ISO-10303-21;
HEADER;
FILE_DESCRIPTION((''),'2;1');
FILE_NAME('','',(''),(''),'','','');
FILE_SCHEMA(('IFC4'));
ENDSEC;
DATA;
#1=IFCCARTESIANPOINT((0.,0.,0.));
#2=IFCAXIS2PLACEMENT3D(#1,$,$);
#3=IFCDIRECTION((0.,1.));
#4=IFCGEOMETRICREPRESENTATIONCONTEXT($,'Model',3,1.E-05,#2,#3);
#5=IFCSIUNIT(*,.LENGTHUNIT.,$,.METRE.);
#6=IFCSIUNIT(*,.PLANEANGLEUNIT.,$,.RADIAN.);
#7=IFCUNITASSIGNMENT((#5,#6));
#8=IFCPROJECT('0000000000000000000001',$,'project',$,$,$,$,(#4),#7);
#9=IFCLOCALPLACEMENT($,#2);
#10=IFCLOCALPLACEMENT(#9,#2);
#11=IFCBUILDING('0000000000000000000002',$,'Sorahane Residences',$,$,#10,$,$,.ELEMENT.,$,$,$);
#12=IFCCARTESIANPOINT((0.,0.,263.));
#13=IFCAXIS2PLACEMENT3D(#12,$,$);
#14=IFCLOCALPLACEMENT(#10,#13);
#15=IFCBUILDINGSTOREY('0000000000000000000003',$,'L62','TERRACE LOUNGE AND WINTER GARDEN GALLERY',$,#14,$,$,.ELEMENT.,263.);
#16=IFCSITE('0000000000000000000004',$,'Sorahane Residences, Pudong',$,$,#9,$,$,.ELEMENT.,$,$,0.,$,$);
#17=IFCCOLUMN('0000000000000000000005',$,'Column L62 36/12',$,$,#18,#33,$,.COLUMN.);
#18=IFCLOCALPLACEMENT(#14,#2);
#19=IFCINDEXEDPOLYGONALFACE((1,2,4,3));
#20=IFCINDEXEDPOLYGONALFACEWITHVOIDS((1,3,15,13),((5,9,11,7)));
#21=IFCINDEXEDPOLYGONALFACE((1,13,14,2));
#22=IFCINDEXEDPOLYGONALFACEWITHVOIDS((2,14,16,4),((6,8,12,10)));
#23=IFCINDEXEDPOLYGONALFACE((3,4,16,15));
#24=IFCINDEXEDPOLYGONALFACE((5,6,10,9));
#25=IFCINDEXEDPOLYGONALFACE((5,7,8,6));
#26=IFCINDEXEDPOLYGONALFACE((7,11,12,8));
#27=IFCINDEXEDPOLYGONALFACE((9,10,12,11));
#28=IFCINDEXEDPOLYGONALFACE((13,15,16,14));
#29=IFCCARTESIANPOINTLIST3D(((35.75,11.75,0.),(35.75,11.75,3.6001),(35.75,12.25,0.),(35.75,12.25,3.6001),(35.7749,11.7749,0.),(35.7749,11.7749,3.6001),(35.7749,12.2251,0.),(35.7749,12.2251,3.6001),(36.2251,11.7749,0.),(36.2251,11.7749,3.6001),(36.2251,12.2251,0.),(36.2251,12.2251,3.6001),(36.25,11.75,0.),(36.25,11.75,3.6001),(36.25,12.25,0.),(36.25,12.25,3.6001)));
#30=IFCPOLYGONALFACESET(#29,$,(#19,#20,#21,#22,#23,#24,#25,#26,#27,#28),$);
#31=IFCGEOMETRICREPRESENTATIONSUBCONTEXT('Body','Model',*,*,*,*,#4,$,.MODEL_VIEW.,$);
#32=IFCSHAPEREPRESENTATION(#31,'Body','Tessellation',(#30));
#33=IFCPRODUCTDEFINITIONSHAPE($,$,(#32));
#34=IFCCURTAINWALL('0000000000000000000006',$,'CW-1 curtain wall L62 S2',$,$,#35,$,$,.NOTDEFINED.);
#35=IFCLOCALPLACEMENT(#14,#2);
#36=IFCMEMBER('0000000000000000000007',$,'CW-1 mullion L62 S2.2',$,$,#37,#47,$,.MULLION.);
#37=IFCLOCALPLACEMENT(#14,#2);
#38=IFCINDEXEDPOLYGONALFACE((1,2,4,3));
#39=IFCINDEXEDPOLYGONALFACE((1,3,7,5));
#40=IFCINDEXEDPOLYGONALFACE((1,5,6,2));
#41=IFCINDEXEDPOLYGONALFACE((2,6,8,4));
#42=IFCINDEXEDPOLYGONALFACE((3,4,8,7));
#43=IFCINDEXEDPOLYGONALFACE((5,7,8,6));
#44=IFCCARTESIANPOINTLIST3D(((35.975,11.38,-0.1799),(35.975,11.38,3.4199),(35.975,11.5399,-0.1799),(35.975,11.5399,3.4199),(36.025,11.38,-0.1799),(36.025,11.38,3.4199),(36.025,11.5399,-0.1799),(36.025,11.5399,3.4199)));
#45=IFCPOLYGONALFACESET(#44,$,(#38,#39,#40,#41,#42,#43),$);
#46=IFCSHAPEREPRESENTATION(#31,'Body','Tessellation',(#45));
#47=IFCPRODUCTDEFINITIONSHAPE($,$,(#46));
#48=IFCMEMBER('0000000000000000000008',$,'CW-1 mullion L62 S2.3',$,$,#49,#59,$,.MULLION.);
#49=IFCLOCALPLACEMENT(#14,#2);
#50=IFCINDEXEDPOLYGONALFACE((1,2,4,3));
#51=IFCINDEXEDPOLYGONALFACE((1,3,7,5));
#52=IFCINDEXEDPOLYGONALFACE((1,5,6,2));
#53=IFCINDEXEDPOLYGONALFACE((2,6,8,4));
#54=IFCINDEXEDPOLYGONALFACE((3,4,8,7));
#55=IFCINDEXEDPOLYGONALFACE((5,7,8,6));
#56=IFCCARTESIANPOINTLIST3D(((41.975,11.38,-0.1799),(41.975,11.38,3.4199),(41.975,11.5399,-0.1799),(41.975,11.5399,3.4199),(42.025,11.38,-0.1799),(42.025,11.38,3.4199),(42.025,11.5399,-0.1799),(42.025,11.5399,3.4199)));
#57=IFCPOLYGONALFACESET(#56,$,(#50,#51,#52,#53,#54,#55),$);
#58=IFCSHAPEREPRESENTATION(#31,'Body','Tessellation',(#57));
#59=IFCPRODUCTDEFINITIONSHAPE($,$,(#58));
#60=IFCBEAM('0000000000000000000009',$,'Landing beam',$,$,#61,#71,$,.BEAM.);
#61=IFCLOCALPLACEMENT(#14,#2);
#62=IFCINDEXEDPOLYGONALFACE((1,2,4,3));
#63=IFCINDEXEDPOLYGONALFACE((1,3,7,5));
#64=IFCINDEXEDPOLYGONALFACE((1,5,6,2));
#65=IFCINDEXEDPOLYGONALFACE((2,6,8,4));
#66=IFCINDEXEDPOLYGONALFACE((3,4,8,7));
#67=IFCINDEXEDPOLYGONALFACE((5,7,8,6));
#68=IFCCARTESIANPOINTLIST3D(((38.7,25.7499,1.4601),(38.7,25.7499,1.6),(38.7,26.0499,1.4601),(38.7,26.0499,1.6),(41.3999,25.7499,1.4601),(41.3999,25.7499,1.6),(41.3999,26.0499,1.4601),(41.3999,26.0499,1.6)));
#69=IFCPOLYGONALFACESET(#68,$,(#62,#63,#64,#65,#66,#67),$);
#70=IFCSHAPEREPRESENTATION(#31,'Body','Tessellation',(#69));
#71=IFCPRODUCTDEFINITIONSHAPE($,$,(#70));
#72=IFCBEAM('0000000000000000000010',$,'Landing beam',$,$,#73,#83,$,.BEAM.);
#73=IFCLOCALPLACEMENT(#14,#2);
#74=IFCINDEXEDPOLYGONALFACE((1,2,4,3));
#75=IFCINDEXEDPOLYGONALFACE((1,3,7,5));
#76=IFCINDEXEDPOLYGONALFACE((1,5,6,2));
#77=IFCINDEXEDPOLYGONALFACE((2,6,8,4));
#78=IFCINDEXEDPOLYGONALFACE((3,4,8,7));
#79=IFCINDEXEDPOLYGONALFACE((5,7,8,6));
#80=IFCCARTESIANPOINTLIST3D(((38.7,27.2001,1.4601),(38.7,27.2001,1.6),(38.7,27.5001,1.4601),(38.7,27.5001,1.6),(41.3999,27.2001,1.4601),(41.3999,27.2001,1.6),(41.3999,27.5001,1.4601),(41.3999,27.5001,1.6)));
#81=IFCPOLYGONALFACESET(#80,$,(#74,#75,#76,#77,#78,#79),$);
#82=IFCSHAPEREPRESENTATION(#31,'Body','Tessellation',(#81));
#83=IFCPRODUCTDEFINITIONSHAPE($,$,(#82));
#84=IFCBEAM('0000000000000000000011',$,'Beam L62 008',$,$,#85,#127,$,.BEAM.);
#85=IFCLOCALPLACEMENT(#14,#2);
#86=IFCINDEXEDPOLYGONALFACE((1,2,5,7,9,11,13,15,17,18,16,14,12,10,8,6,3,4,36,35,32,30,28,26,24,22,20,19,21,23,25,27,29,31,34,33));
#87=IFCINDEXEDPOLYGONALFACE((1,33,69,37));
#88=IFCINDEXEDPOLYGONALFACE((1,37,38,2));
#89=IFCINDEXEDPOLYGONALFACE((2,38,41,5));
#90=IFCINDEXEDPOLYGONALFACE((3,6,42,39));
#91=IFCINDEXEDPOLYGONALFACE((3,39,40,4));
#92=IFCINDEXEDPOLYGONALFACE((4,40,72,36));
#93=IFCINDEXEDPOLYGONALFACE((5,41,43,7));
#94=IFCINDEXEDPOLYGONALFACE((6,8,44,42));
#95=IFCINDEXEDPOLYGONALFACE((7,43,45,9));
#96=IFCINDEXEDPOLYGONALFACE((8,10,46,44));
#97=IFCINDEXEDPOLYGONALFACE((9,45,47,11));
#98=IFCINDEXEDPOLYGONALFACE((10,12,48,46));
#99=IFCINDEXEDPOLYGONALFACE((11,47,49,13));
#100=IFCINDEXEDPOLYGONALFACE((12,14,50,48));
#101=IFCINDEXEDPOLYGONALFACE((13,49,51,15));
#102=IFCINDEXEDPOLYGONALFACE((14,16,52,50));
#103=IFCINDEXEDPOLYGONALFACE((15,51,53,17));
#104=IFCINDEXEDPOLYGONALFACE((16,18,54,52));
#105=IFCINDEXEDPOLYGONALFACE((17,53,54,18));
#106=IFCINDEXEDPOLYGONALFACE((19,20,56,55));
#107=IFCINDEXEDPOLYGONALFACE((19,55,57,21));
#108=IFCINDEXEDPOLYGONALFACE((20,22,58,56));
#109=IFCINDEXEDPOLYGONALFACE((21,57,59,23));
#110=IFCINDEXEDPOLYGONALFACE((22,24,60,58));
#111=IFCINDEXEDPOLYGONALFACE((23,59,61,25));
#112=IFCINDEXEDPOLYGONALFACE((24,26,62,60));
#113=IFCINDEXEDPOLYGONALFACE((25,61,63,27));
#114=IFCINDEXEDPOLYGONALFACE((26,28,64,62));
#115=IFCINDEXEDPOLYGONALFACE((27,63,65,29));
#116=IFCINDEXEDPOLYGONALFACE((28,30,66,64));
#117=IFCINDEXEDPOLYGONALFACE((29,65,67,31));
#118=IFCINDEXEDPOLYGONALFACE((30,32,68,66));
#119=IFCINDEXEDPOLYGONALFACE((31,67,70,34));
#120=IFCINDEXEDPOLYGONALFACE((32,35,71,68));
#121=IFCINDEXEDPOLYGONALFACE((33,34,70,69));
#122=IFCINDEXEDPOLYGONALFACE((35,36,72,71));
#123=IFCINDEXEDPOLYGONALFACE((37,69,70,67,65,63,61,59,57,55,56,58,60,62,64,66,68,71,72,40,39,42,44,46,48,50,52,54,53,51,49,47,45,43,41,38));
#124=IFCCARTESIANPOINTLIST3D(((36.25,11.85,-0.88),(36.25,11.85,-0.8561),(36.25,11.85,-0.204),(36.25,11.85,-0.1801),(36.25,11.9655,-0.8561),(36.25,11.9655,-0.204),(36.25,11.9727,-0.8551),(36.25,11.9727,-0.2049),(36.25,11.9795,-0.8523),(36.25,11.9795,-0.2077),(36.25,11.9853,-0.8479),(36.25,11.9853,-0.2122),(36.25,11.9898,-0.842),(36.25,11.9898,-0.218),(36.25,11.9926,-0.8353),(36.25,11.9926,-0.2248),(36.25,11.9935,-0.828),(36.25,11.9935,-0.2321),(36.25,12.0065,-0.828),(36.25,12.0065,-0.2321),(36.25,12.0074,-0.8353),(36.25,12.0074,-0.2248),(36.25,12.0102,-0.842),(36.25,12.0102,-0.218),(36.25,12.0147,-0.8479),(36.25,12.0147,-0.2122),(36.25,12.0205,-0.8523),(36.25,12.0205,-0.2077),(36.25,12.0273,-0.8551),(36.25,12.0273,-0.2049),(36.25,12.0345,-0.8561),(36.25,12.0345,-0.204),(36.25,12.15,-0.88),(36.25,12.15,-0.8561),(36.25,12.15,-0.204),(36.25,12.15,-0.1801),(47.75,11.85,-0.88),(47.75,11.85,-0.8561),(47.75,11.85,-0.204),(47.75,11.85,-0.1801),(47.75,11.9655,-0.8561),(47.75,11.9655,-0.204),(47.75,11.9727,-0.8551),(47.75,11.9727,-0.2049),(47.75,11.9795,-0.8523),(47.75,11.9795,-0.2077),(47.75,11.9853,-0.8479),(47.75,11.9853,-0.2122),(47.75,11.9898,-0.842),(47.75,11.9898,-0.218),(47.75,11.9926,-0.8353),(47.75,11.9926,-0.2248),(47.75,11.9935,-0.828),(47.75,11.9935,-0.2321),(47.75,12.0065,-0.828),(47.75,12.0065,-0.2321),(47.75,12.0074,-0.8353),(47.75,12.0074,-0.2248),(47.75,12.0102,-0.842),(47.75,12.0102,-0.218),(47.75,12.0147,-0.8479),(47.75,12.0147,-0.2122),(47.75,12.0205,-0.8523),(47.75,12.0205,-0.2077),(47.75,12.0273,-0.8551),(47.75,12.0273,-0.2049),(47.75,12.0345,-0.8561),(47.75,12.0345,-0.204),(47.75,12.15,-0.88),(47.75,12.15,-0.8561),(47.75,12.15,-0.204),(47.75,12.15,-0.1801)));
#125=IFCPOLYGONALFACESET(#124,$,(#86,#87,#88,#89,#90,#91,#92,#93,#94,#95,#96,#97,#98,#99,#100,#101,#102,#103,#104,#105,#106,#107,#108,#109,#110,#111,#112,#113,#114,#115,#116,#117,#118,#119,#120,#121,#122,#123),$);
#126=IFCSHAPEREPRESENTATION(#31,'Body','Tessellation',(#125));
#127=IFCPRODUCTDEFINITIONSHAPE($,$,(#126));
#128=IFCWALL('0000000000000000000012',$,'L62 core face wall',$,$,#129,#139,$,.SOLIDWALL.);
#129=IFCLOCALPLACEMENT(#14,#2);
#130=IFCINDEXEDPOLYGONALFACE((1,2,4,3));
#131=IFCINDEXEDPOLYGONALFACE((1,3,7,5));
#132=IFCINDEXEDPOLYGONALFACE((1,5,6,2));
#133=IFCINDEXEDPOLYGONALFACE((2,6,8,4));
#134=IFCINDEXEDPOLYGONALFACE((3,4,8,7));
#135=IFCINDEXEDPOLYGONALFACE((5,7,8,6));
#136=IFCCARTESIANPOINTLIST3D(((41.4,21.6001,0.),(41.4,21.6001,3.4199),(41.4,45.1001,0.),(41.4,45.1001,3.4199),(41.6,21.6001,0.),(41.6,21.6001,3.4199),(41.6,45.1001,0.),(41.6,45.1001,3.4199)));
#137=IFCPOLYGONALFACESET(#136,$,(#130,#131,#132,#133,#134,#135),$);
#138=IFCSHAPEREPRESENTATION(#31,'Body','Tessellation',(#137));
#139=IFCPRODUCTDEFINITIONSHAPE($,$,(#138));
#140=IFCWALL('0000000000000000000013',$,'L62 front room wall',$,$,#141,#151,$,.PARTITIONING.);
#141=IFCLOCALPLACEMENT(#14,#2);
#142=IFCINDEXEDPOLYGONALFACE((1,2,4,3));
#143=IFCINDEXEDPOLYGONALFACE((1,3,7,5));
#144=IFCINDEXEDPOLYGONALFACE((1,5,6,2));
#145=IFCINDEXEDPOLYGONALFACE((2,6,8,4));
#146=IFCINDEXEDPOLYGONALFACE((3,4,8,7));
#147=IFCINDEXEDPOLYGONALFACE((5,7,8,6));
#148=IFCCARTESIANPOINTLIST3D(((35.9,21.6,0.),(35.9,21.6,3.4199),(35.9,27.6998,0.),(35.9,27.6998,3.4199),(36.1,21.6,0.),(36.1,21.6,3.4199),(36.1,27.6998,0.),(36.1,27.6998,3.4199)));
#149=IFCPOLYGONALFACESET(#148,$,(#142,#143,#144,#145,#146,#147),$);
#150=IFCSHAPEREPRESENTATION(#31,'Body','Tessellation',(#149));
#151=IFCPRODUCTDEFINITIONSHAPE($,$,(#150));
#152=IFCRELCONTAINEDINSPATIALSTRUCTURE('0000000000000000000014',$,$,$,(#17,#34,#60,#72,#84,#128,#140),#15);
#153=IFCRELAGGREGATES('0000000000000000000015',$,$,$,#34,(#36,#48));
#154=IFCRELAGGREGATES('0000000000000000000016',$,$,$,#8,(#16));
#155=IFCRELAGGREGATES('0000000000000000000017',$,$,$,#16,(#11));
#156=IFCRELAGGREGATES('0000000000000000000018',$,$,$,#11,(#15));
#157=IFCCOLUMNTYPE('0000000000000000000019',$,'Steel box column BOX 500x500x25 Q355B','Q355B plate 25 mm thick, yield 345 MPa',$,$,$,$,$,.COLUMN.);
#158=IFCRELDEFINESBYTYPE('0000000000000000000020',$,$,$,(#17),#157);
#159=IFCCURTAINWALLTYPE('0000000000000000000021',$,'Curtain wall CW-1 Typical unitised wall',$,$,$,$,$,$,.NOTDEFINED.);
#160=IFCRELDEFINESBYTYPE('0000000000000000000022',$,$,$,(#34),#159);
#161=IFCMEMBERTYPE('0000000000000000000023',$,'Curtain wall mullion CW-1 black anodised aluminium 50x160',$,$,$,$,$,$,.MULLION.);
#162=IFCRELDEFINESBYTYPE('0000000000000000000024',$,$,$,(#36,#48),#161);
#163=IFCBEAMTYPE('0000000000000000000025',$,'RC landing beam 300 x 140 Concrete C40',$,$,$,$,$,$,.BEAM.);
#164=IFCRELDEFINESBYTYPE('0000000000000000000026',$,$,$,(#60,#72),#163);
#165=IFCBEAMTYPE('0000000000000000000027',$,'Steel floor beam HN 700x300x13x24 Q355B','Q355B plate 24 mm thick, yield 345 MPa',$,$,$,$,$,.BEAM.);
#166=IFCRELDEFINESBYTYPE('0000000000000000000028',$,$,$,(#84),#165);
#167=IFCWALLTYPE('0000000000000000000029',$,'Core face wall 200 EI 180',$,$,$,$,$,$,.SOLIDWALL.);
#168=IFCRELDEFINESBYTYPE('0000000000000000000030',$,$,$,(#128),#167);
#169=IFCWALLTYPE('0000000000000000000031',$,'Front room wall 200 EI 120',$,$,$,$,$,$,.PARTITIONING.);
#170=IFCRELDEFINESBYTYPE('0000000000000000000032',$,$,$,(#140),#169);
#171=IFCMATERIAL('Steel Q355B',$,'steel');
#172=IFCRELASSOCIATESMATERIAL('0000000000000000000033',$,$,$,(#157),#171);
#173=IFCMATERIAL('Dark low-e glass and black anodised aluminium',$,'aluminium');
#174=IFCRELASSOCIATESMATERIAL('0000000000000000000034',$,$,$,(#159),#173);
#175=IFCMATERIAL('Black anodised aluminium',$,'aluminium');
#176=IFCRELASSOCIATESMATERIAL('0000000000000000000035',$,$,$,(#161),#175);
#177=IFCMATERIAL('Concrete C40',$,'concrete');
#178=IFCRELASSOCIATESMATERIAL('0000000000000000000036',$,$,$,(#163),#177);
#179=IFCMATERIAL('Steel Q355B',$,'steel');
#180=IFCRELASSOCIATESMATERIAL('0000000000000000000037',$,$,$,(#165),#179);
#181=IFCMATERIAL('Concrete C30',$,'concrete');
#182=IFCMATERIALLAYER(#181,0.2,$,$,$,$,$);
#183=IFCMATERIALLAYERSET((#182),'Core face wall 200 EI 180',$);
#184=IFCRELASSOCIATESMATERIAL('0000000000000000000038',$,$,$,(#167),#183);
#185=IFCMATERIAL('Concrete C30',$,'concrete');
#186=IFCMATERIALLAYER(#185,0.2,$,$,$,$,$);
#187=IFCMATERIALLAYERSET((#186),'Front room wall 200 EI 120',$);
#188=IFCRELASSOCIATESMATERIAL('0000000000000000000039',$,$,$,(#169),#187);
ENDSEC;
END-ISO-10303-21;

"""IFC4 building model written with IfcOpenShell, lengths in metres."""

from ifc_helpers import new_model, si_unit, direction, frame, frame_2d, origin, origin_2d, place, context, subcontext, project, spatial, rectangle, hollow_rectangle, i_section, extrude, material, layer, layer_set, material_profile, profile_set, type_object, element, aggregate, save


model = new_model("IFC4")

# Units and contexts
model_context = context("Model", 3, precision=1e-05, world=origin(), true_north=direction((0.0, 1.0)))
body_context = subcontext(model_context, "Body", "Model", "MODEL_VIEW")
ifc_project = project(units=[si_unit("LENGTHUNIT", "METRE"), si_unit("PLANEANGLEUNIT", "RADIAN")], contexts=[model_context])

# Site, building, storey
site_placement = place(None, origin())
site = spatial("IfcSite", under=ifc_project, at=site_placement, Name="Sorahane Residences, Pudong", CompositionType="ELEMENT", RefElevation=0.0)
building_placement = place(site_placement, origin())
building = spatial("IfcBuilding", under=site, at=building_placement, Name="Sorahane Residences", CompositionType="ELEMENT")
storey_placement = place(building_placement, frame((0.0, 0.0, 263.0)))
storey = spatial("IfcBuildingStorey", under=building, at=storey_placement, Name="L62", Description="TERRACE LOUNGE AND WINTER GARDEN GALLERY", CompositionType="ELEMENT", Elevation=263.0)

# Column
ifc_material_1 = material(Name="Steel Q355B", Category="steel")
ifc_material_profile_1 = material_profile(ifc_material_1, hollow_rectangle(XDim=0.5, YDim=0.5, WallThickness=0.0249, at=origin_2d()), Name="BOX 500x500x25")
ifc_profile_set_1 = profile_set([ifc_material_profile_1], Name="Steel Q355B")
column_type = type_object("IfcColumnType", Name="Steel box column BOX 500x500x25 Q355B", Description="Q355B plate 25 mm thick, yield 345 MPa", PredefinedType="COLUMN", material=ifc_profile_set_1)
column_placement = place(storey_placement, frame((36.0, 12.0, 0.0), z_axis=(0.0, 0.0, 1.0), x_axis=(1.0, 0.0, 0.0)))
element("IfcColumn", 1, at=column_placement, inside=storey, type_object=column_type, Name="Column L62 36/12", PredefinedType="COLUMN", context=body_context, shape_type="SweptSolid", body=[
    extrude(hollow_rectangle(XDim=0.5, YDim=0.5, WallThickness=0.0249, at=origin_2d()), origin(), (0.0, 0.0, 1.0), 3.6001),
])

# Curtain wall, members
ifc_material_2 = material(Name="Dark low-e glass and black anodised aluminium", Category="aluminium")
curtain_wall_type = type_object("IfcCurtainWallType", Name="Curtain wall CW-1 Typical unitised wall", PredefinedType="NOTDEFINED", material=ifc_material_2)
curtain_wall_placement = place(storey_placement, origin())
curtain_wall = element("IfcCurtainWall", 2, at=curtain_wall_placement, inside=storey, type_object=curtain_wall_type, Name="CW-1 curtain wall L62 S2", PredefinedType="NOTDEFINED")
ifc_material_3 = material(Name="Black anodised aluminium", Category="aluminium")
ifc_material_profile_2 = material_profile(ifc_material_3, rectangle(XDim=0.1599, YDim=0.05, at=origin_2d()), Name="Curtain wall mullion CW-1 black anodised aluminium 50x160")
ifc_profile_set_2 = profile_set([ifc_material_profile_2], Name="Black anodised aluminium")
member_type = type_object("IfcMemberType", Name="Curtain wall mullion CW-1 black anodised aluminium 50x160", PredefinedType="MULLION", material=ifc_profile_set_2)
member_1_placement = place(storey_placement, frame((36.0, 11.46, -0.1799), z_axis=(0.0, 0.0, 1.0), x_axis=(0.0, -1.0, 0.0)))
member_1 = element("IfcMember", 3, at=member_1_placement, type_object=member_type, Name="CW-1 mullion L62 S2.2", PredefinedType="MULLION", context=body_context, shape_type="SweptSolid", body=[
    extrude(rectangle(XDim=0.1599, YDim=0.05, at=origin_2d()), origin(), (0.0, 0.0, 1.0), 3.5999),
])
member_2_placement = place(storey_placement, frame((42.0, 11.46, -0.1799), z_axis=(0.0, 0.0, 1.0), x_axis=(0.0, -1.0, 0.0)))
member_2 = element("IfcMember", 4, at=member_2_placement, type_object=member_type, Name="CW-1 mullion L62 S2.3", PredefinedType="MULLION", context=body_context, shape_type="SweptSolid", body=[
    extrude(rectangle(XDim=0.1599, YDim=0.05, at=origin_2d()), origin(), (0.0, 0.0, 1.0), 3.5999),
])
aggregate(curtain_wall, [member_1, member_2])

# Beams
ifc_material_4 = material(Name="Concrete C40", Category="concrete")
ifc_material_profile_3 = material_profile(ifc_material_4, rectangle(XDim=0.3, YDim=0.1399, at=origin_2d()), Name="300x140")
ifc_profile_set_3 = profile_set([ifc_material_profile_3], Name="Concrete C40")
beam_type_1 = type_object("IfcBeamType", Name="RC landing beam 300 x 140 Concrete C40", PredefinedType="BEAM", material=ifc_profile_set_3)
for number, where, z_axis, x_axis, name in (
    (5, (38.7, 25.8999, 1.53), (1.0, 0.0, 0.0), (0.0, 1.0, 0.0), "Landing beam"),
    (6, (38.7, 27.3501, 1.53), (1.0, 0.0, 0.0), (0.0, 1.0, 0.0), "Landing beam"),
):
    element("IfcBeam", number, at=place(storey_placement, frame(where, z_axis=z_axis, x_axis=x_axis)), inside=storey, type_object=beam_type_1, Name=name, PredefinedType="BEAM", context=body_context, shape_type="SweptSolid", body=[
        extrude(rectangle(XDim=0.3, YDim=0.1399, at=origin_2d()), origin(), (0.0, 0.0, 1.0), 2.7),
    ])
ifc_material_5 = material(Name="Steel Q355B", Category="steel")
ifc_material_profile_4 = material_profile(ifc_material_5, i_section(OverallWidth=0.3, OverallDepth=0.7, WebThickness=0.0129, FlangeThickness=0.0239, FilletRadius=0.0281, at=origin_2d()), Name="HN 700x300x13x24")
ifc_profile_set_4 = profile_set([ifc_material_profile_4], Name="Steel Q355B")
beam_type_2 = type_object("IfcBeamType", Name="Steel floor beam HN 700x300x13x24 Q355B", Description="Q355B plate 24 mm thick, yield 345 MPa", PredefinedType="BEAM", material=ifc_profile_set_4)
beam_placement = place(storey_placement, frame((36.25, 12.0, -0.53), z_axis=(1.0, 0.0, 0.0), x_axis=(0.0, 1.0, 0.0)))
element("IfcBeam", 7, at=beam_placement, inside=storey, type_object=beam_type_2, Name="Beam L62 008", PredefinedType="BEAM", context=body_context, shape_type="SweptSolid", body=[
    extrude(i_section(OverallWidth=0.3, OverallDepth=0.7, WebThickness=0.0129, FlangeThickness=0.0239, FilletRadius=0.0281, at=origin_2d()), origin(), (0.0, 0.0, 1.0), 11.5),
])

# Walls
ifc_material_6 = material(Name="Concrete C30", Category="concrete")
ifc_layer_1 = layer(ifc_material_6, 0.2)
ifc_layer_set_1 = layer_set([ifc_layer_1], Name="Core face wall 200 EI 180")
wall_type_1 = type_object("IfcWallType", Name="Core face wall 200 EI 180", PredefinedType="SOLIDWALL", material=ifc_layer_set_1)
wall_1_placement = place(storey_placement, frame((41.5, 21.6001, 0.0), z_axis=(0.0, 0.0, 1.0), x_axis=(0.0, 1.0, 0.0)))
element("IfcWall", 8, at=wall_1_placement, inside=storey, type_object=wall_type_1, Name="L62 core face wall", PredefinedType="SOLIDWALL", context=body_context, shape_type="SweptSolid", body=[
    extrude(rectangle(XDim=23.5, YDim=0.2, at=frame_2d((11.75, 0.0))), origin(), (0.0, 0.0, 1.0), 3.4199),
])
ifc_material_7 = material(Name="Concrete C30", Category="concrete")
ifc_layer_2 = layer(ifc_material_7, 0.2)
ifc_layer_set_2 = layer_set([ifc_layer_2], Name="Front room wall 200 EI 120")
wall_type_2 = type_object("IfcWallType", Name="Front room wall 200 EI 120", PredefinedType="PARTITIONING", material=ifc_layer_set_2)
wall_2_placement = place(storey_placement, frame((36.0, 21.6001, 0.0), z_axis=(0.0, 0.0, 1.0), x_axis=(0.0, 1.0, 0.0)))
element("IfcWall", 9, at=wall_2_placement, inside=storey, type_object=wall_type_2, Name="L62 front room wall", PredefinedType="PARTITIONING", context=body_context, shape_type="SweptSolid", body=[
    extrude(rectangle(XDim=6.0999, YDim=0.2, at=frame_2d((3.0498, 0.0))), origin(), (0.0, 0.0, 1.0), 3.4199),
])

save(model, "model.ifc")
